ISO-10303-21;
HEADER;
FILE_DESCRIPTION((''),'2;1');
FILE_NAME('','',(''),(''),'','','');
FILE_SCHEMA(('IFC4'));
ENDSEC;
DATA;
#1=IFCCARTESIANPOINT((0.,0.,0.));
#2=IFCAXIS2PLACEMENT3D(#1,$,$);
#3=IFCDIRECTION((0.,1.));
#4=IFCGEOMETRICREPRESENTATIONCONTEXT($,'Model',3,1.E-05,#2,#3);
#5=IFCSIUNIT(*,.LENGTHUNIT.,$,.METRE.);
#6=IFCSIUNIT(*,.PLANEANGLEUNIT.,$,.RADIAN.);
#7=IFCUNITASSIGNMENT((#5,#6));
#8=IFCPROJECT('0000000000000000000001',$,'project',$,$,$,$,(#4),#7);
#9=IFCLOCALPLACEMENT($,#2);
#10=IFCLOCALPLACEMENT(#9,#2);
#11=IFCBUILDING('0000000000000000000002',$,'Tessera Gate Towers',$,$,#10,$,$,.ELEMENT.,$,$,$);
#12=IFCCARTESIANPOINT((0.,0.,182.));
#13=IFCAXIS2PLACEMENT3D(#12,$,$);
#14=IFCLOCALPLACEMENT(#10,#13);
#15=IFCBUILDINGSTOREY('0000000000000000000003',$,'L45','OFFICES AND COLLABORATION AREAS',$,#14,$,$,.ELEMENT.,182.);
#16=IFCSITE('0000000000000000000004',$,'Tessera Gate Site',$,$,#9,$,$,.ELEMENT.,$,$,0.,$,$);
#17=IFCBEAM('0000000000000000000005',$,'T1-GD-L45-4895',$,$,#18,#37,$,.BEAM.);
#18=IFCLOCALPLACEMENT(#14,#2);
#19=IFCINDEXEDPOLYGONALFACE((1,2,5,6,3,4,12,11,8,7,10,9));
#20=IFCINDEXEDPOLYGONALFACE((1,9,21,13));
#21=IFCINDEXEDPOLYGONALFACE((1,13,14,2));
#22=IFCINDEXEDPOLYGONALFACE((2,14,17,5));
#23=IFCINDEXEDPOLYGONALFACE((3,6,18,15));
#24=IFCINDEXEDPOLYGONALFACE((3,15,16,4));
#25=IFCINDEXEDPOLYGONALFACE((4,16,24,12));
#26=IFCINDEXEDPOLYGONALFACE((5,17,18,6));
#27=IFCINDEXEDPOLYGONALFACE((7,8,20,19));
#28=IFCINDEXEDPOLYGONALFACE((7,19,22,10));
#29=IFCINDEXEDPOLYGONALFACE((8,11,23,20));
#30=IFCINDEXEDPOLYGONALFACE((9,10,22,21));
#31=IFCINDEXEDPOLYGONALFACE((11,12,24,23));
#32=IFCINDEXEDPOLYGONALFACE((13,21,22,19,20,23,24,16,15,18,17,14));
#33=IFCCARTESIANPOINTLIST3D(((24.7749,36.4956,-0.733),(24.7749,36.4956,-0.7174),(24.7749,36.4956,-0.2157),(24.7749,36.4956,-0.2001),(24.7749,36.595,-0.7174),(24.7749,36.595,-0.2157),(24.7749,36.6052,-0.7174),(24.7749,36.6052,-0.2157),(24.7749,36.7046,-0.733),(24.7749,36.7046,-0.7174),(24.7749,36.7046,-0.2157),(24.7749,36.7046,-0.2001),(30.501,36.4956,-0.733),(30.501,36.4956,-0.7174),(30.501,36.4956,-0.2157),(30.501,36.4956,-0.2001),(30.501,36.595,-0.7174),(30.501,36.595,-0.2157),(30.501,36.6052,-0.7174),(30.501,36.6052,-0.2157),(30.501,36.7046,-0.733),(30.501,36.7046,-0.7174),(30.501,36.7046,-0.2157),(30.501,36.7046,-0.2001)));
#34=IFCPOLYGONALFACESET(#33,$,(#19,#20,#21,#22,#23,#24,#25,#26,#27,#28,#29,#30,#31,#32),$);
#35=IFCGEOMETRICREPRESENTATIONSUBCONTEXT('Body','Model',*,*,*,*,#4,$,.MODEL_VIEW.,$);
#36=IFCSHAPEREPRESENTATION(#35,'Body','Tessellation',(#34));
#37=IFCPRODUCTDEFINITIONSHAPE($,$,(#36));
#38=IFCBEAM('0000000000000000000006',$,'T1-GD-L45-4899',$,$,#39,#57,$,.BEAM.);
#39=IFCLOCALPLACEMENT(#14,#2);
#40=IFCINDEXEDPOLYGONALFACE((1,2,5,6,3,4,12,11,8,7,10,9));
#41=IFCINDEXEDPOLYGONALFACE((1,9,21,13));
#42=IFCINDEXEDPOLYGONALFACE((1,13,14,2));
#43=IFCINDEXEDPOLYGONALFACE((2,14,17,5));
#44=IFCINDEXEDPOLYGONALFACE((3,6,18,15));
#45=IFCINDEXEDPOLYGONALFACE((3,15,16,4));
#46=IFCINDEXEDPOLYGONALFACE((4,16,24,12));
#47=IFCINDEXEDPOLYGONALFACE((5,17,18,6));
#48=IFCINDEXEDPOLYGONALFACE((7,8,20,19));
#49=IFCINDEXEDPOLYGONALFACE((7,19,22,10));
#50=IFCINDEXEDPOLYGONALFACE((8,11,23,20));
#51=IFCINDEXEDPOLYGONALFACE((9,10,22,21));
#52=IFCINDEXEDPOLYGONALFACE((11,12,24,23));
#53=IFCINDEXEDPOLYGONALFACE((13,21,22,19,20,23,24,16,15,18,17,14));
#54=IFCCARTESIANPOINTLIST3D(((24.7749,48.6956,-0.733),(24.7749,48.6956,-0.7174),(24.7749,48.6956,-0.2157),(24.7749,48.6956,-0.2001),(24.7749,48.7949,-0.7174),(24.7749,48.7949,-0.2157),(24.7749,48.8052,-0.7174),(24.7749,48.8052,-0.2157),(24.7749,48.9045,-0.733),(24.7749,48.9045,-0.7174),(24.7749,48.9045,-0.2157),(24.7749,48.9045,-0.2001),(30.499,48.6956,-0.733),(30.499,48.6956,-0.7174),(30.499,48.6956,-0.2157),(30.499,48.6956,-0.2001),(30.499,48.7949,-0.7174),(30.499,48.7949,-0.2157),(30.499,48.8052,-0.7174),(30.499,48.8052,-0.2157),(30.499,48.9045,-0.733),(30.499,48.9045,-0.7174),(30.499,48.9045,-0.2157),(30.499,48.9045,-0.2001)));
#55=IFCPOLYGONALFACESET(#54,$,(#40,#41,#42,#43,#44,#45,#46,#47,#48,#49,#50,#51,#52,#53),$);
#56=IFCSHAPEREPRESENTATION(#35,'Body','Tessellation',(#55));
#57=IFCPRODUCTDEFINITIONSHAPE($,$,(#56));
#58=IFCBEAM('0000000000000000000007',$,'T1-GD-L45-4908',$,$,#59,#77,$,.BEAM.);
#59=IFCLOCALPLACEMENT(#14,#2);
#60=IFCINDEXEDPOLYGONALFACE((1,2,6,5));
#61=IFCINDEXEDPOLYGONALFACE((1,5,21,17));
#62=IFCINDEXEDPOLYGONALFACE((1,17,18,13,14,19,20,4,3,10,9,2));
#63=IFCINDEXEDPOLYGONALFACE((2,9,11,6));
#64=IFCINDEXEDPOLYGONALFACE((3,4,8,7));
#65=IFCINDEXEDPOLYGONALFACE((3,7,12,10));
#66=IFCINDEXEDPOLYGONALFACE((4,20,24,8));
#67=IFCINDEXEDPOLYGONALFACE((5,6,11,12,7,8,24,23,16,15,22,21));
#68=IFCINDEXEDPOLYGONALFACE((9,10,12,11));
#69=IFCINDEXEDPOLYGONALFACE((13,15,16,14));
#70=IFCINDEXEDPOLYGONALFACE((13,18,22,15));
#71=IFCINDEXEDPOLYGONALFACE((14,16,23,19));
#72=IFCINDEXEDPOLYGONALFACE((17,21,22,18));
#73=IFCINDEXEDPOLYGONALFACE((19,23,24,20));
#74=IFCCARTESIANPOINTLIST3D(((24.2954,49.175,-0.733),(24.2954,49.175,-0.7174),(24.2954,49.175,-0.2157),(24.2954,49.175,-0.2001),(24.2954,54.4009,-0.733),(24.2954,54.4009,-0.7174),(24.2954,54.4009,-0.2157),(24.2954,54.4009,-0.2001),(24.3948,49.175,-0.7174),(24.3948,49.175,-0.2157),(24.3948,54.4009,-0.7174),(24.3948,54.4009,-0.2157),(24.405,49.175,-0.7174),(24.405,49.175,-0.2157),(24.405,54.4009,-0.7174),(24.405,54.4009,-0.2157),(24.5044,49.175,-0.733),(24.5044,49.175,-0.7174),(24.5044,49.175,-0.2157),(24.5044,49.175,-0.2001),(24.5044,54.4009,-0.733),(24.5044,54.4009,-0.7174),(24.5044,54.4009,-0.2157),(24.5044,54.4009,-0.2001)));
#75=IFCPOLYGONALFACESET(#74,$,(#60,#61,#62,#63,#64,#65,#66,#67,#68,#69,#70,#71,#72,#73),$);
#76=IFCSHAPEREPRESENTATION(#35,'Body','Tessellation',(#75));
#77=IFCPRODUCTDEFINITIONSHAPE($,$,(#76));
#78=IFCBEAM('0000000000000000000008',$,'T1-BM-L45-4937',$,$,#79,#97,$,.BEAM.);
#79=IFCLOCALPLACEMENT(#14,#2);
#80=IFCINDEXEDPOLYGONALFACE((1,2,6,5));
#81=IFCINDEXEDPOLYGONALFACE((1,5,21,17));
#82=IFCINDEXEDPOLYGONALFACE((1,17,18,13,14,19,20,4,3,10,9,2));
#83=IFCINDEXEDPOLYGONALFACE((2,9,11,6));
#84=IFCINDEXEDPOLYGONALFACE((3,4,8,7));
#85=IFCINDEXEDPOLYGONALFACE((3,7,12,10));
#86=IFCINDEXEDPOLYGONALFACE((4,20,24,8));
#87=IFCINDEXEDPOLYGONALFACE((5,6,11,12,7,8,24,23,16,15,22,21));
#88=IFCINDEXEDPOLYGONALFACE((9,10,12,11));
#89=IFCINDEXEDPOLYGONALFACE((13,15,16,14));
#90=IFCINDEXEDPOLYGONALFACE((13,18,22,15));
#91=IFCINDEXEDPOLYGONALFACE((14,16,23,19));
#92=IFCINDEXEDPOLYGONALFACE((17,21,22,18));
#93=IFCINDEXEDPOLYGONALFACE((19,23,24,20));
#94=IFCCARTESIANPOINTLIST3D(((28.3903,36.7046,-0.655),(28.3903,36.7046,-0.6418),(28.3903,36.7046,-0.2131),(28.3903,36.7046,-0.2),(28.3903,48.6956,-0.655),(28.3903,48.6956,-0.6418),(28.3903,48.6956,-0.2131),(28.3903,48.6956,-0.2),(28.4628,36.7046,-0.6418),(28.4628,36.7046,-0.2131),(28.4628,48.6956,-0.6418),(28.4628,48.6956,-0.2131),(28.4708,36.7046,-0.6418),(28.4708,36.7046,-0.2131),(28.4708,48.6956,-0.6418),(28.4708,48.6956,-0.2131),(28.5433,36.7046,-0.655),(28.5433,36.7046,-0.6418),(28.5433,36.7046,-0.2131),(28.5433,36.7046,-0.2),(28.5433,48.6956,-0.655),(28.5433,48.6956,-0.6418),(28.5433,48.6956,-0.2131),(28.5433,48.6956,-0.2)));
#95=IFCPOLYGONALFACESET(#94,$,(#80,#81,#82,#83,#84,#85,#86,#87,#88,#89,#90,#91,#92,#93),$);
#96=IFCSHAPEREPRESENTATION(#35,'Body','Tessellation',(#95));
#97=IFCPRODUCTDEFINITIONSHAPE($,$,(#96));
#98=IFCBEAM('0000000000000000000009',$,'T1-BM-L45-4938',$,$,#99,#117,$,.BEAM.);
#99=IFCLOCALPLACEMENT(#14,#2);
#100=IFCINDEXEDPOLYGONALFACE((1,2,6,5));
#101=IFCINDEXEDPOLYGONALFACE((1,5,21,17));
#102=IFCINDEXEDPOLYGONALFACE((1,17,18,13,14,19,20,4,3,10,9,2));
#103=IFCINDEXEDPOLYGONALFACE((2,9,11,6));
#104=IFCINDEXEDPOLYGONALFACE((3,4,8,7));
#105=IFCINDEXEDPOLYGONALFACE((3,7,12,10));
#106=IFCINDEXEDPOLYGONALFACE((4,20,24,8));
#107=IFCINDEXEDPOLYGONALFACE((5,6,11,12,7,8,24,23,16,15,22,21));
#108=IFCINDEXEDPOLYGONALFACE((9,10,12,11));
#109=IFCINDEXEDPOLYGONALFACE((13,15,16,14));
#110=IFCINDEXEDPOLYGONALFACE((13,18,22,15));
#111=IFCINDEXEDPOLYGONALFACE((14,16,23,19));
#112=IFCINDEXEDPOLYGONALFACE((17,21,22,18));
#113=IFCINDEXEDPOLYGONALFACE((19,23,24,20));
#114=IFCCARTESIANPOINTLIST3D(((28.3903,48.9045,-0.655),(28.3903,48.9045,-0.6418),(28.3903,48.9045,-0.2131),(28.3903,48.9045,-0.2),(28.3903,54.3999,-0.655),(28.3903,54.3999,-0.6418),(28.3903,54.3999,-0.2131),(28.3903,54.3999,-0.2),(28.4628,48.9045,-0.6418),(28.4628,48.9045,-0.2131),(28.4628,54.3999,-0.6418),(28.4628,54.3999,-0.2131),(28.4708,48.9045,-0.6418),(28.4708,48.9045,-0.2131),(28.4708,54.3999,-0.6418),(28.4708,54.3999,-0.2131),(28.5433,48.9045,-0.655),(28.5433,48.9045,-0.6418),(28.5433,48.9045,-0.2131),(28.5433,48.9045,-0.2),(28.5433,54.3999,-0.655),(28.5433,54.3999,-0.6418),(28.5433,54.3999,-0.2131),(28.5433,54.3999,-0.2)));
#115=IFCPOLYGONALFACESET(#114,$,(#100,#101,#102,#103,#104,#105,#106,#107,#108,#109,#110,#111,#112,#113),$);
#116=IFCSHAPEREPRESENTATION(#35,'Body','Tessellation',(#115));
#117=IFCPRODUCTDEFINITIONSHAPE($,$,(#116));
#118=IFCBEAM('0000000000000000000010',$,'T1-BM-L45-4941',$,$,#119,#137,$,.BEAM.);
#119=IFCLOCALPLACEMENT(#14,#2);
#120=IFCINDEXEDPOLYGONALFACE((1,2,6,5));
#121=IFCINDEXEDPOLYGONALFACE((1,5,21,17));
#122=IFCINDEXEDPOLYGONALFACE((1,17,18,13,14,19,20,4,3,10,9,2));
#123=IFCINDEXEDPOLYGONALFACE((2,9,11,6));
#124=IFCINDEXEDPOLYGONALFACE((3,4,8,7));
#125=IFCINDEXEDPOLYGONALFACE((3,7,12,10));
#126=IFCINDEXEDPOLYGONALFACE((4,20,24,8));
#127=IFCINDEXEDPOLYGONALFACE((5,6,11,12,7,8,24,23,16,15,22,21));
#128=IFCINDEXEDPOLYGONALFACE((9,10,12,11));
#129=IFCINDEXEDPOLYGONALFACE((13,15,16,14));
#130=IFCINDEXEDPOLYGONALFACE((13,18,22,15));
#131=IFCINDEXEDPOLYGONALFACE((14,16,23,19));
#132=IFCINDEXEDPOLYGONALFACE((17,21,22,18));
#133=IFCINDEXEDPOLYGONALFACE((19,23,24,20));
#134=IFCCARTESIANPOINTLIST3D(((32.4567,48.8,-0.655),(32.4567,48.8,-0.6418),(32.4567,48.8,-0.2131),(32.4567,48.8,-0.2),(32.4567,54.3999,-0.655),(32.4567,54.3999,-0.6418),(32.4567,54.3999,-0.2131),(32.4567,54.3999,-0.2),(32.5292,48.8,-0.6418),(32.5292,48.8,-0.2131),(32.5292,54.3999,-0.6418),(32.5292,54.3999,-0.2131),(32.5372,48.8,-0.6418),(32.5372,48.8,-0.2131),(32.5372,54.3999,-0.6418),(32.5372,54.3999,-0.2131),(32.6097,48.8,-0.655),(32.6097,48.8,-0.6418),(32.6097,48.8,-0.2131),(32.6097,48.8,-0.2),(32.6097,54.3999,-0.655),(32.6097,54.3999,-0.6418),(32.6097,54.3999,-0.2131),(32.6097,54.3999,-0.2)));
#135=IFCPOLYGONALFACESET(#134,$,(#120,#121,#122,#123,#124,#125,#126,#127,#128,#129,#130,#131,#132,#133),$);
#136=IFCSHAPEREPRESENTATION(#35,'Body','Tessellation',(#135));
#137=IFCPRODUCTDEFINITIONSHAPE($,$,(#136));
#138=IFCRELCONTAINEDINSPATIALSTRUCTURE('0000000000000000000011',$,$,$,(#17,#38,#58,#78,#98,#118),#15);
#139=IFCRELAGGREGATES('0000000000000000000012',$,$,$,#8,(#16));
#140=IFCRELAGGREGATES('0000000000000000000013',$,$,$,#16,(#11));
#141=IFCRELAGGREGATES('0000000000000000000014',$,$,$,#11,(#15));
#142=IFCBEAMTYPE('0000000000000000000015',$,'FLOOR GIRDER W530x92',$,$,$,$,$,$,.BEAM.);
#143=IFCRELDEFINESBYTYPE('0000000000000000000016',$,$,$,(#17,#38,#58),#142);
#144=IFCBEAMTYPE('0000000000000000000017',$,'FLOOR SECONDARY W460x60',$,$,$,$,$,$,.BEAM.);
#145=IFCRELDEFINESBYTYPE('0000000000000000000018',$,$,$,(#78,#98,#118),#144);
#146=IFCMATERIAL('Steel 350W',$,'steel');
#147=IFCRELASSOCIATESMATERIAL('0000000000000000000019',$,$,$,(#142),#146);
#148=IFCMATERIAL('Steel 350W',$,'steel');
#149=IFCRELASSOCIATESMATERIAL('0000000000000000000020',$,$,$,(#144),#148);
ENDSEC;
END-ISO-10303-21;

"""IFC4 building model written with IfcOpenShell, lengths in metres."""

from ifc_helpers import new_model, si_unit, direction, frame, origin, origin_2d, place, context, subcontext, project, spatial, i_section, extrude, material, material_profile, profile_set, type_object, element, save


model = new_model("IFC4")

# Units and contexts
model_context = context("Model", 3, precision=1e-05, world=origin(), true_north=direction((0.0, 1.0)))
body_context = subcontext(model_context, "Body", "Model", "MODEL_VIEW")
ifc_project = project(units=[si_unit("LENGTHUNIT", "METRE"), si_unit("PLANEANGLEUNIT", "RADIAN")], contexts=[model_context])

# Site, building, storey
site_placement = place(None, origin())
site = spatial("IfcSite", under=ifc_project, at=site_placement, Name="Tessera Gate Site", CompositionType="ELEMENT", RefElevation=0.0)
building_placement = place(site_placement, origin())
building = spatial("IfcBuilding", under=site, at=building_placement, Name="Tessera Gate Towers", CompositionType="ELEMENT")
storey_placement = place(building_placement, frame((0.0, 0.0, 182.0)))
storey = spatial("IfcBuildingStorey", under=building, at=storey_placement, Name="L45", Description="OFFICES AND COLLABORATION AREAS", CompositionType="ELEMENT", Elevation=182.0)

# Beams
ifc_material_1 = material(Name="Steel 350W", Category="steel")
ifc_material_profile_1 = material_profile(ifc_material_1, i_section(OverallWidth=0.209, OverallDepth=0.533, WebThickness=0.0103, FlangeThickness=0.0156, at=origin_2d()), Name="W530x92")
ifc_profile_set_1 = profile_set([ifc_material_profile_1], Name="Steel 350W")
beam_type_1 = type_object("IfcBeamType", Name="FLOOR GIRDER W530x92", PredefinedType="BEAM", material=ifc_profile_set_1)
beam_1_placement = place(storey_placement, frame((24.7749, 36.6001, -0.4666), z_axis=(1.0, 0.0, 0.0), x_axis=(0.0, 1.0, 0.0)))
element("IfcBeam", 1, at=beam_1_placement, inside=storey, type_object=beam_type_1, Name="T1-GD-L45-4895", PredefinedType="BEAM", context=body_context, shape_type="SweptSolid", body=[
    extrude(i_section(OverallWidth=0.209, OverallDepth=0.533, WebThickness=0.0103, FlangeThickness=0.0156, at=origin_2d()), origin(), (0.0, 0.0, 1.0), 5.7261),
])
beam_2_placement = place(storey_placement, frame((24.7749, 48.8, -0.4666), z_axis=(1.0, 0.0, 0.0), x_axis=(0.0, 1.0, 0.0)))
element("IfcBeam", 2, at=beam_2_placement, inside=storey, type_object=beam_type_1, Name="T1-GD-L45-4899", PredefinedType="BEAM", context=body_context, shape_type="SweptSolid", body=[
    extrude(i_section(OverallWidth=0.209, OverallDepth=0.533, WebThickness=0.0103, FlangeThickness=0.0156, at=origin_2d()), origin(), (0.0, 0.0, 1.0), 5.7241),
])
beam_3_placement = place(storey_placement, frame((24.3999, 49.175, -0.4666), z_axis=(0.0, 1.0, 0.0), x_axis=(-1.0, 0.0, 0.0)))
element("IfcBeam", 3, at=beam_3_placement, inside=storey, type_object=beam_type_1, Name="T1-GD-L45-4908", PredefinedType="BEAM", context=body_context, shape_type="SweptSolid", body=[
    extrude(i_section(OverallWidth=0.209, OverallDepth=0.533, WebThickness=0.0103, FlangeThickness=0.0156, at=origin_2d()), origin(), (0.0, 0.0, 1.0), 5.2258),
])
ifc_material_2 = material(Name="Steel 350W", Category="steel")
ifc_material_profile_2 = material_profile(ifc_material_2, i_section(OverallWidth=0.1531, OverallDepth=0.4551, WebThickness=0.0081, FlangeThickness=0.0132, at=origin_2d()), Name="W460x60")
ifc_profile_set_2 = profile_set([ifc_material_profile_2], Name="Steel 350W")
beam_type_2 = type_object("IfcBeamType", Name="FLOOR SECONDARY W460x60", PredefinedType="BEAM", material=ifc_profile_set_2)
beam_4_placement = place(storey_placement, frame((28.4668, 36.7046, -0.4275), z_axis=(0.0, 1.0, 0.0), x_axis=(-1.0, 0.0, 0.0)))
element("IfcBeam", 4, at=beam_4_placement, inside=storey, type_object=beam_type_2, Name="T1-BM-L45-4937", PredefinedType="BEAM", context=body_context, shape_type="SweptSolid", body=[
    extrude(i_section(OverallWidth=0.1531, OverallDepth=0.4551, WebThickness=0.0081, FlangeThickness=0.0132, at=origin_2d()), origin(), (0.0, 0.0, 1.0), 11.991),
])
beam_5_placement = place(storey_placement, frame((28.4668, 48.9045, -0.4275), z_axis=(0.0, 1.0, 0.0), x_axis=(-1.0, 0.0, 0.0)))
element("IfcBeam", 5, at=beam_5_placement, inside=storey, type_object=beam_type_2, Name="T1-BM-L45-4938", PredefinedType="BEAM", context=body_context, shape_type="SweptSolid", body=[
    extrude(i_section(OverallWidth=0.1531, OverallDepth=0.4551, WebThickness=0.0081, FlangeThickness=0.0132, at=origin_2d()), origin(), (0.0, 0.0, 1.0), 5.4954),
])
beam_6_placement = place(storey_placement, frame((32.5332, 48.8, -0.4275), z_axis=(0.0, 1.0, 0.0), x_axis=(-1.0, 0.0, 0.0)))
element("IfcBeam", 6, at=beam_6_placement, inside=storey, type_object=beam_type_2, Name="T1-BM-L45-4941", PredefinedType="BEAM", context=body_context, shape_type="SweptSolid", body=[
    extrude(i_section(OverallWidth=0.1531, OverallDepth=0.4551, WebThickness=0.0081, FlangeThickness=0.0132, at=origin_2d()), origin(), (0.0, 0.0, 1.0), 5.5999),
])

save(model, "model.ifc")
